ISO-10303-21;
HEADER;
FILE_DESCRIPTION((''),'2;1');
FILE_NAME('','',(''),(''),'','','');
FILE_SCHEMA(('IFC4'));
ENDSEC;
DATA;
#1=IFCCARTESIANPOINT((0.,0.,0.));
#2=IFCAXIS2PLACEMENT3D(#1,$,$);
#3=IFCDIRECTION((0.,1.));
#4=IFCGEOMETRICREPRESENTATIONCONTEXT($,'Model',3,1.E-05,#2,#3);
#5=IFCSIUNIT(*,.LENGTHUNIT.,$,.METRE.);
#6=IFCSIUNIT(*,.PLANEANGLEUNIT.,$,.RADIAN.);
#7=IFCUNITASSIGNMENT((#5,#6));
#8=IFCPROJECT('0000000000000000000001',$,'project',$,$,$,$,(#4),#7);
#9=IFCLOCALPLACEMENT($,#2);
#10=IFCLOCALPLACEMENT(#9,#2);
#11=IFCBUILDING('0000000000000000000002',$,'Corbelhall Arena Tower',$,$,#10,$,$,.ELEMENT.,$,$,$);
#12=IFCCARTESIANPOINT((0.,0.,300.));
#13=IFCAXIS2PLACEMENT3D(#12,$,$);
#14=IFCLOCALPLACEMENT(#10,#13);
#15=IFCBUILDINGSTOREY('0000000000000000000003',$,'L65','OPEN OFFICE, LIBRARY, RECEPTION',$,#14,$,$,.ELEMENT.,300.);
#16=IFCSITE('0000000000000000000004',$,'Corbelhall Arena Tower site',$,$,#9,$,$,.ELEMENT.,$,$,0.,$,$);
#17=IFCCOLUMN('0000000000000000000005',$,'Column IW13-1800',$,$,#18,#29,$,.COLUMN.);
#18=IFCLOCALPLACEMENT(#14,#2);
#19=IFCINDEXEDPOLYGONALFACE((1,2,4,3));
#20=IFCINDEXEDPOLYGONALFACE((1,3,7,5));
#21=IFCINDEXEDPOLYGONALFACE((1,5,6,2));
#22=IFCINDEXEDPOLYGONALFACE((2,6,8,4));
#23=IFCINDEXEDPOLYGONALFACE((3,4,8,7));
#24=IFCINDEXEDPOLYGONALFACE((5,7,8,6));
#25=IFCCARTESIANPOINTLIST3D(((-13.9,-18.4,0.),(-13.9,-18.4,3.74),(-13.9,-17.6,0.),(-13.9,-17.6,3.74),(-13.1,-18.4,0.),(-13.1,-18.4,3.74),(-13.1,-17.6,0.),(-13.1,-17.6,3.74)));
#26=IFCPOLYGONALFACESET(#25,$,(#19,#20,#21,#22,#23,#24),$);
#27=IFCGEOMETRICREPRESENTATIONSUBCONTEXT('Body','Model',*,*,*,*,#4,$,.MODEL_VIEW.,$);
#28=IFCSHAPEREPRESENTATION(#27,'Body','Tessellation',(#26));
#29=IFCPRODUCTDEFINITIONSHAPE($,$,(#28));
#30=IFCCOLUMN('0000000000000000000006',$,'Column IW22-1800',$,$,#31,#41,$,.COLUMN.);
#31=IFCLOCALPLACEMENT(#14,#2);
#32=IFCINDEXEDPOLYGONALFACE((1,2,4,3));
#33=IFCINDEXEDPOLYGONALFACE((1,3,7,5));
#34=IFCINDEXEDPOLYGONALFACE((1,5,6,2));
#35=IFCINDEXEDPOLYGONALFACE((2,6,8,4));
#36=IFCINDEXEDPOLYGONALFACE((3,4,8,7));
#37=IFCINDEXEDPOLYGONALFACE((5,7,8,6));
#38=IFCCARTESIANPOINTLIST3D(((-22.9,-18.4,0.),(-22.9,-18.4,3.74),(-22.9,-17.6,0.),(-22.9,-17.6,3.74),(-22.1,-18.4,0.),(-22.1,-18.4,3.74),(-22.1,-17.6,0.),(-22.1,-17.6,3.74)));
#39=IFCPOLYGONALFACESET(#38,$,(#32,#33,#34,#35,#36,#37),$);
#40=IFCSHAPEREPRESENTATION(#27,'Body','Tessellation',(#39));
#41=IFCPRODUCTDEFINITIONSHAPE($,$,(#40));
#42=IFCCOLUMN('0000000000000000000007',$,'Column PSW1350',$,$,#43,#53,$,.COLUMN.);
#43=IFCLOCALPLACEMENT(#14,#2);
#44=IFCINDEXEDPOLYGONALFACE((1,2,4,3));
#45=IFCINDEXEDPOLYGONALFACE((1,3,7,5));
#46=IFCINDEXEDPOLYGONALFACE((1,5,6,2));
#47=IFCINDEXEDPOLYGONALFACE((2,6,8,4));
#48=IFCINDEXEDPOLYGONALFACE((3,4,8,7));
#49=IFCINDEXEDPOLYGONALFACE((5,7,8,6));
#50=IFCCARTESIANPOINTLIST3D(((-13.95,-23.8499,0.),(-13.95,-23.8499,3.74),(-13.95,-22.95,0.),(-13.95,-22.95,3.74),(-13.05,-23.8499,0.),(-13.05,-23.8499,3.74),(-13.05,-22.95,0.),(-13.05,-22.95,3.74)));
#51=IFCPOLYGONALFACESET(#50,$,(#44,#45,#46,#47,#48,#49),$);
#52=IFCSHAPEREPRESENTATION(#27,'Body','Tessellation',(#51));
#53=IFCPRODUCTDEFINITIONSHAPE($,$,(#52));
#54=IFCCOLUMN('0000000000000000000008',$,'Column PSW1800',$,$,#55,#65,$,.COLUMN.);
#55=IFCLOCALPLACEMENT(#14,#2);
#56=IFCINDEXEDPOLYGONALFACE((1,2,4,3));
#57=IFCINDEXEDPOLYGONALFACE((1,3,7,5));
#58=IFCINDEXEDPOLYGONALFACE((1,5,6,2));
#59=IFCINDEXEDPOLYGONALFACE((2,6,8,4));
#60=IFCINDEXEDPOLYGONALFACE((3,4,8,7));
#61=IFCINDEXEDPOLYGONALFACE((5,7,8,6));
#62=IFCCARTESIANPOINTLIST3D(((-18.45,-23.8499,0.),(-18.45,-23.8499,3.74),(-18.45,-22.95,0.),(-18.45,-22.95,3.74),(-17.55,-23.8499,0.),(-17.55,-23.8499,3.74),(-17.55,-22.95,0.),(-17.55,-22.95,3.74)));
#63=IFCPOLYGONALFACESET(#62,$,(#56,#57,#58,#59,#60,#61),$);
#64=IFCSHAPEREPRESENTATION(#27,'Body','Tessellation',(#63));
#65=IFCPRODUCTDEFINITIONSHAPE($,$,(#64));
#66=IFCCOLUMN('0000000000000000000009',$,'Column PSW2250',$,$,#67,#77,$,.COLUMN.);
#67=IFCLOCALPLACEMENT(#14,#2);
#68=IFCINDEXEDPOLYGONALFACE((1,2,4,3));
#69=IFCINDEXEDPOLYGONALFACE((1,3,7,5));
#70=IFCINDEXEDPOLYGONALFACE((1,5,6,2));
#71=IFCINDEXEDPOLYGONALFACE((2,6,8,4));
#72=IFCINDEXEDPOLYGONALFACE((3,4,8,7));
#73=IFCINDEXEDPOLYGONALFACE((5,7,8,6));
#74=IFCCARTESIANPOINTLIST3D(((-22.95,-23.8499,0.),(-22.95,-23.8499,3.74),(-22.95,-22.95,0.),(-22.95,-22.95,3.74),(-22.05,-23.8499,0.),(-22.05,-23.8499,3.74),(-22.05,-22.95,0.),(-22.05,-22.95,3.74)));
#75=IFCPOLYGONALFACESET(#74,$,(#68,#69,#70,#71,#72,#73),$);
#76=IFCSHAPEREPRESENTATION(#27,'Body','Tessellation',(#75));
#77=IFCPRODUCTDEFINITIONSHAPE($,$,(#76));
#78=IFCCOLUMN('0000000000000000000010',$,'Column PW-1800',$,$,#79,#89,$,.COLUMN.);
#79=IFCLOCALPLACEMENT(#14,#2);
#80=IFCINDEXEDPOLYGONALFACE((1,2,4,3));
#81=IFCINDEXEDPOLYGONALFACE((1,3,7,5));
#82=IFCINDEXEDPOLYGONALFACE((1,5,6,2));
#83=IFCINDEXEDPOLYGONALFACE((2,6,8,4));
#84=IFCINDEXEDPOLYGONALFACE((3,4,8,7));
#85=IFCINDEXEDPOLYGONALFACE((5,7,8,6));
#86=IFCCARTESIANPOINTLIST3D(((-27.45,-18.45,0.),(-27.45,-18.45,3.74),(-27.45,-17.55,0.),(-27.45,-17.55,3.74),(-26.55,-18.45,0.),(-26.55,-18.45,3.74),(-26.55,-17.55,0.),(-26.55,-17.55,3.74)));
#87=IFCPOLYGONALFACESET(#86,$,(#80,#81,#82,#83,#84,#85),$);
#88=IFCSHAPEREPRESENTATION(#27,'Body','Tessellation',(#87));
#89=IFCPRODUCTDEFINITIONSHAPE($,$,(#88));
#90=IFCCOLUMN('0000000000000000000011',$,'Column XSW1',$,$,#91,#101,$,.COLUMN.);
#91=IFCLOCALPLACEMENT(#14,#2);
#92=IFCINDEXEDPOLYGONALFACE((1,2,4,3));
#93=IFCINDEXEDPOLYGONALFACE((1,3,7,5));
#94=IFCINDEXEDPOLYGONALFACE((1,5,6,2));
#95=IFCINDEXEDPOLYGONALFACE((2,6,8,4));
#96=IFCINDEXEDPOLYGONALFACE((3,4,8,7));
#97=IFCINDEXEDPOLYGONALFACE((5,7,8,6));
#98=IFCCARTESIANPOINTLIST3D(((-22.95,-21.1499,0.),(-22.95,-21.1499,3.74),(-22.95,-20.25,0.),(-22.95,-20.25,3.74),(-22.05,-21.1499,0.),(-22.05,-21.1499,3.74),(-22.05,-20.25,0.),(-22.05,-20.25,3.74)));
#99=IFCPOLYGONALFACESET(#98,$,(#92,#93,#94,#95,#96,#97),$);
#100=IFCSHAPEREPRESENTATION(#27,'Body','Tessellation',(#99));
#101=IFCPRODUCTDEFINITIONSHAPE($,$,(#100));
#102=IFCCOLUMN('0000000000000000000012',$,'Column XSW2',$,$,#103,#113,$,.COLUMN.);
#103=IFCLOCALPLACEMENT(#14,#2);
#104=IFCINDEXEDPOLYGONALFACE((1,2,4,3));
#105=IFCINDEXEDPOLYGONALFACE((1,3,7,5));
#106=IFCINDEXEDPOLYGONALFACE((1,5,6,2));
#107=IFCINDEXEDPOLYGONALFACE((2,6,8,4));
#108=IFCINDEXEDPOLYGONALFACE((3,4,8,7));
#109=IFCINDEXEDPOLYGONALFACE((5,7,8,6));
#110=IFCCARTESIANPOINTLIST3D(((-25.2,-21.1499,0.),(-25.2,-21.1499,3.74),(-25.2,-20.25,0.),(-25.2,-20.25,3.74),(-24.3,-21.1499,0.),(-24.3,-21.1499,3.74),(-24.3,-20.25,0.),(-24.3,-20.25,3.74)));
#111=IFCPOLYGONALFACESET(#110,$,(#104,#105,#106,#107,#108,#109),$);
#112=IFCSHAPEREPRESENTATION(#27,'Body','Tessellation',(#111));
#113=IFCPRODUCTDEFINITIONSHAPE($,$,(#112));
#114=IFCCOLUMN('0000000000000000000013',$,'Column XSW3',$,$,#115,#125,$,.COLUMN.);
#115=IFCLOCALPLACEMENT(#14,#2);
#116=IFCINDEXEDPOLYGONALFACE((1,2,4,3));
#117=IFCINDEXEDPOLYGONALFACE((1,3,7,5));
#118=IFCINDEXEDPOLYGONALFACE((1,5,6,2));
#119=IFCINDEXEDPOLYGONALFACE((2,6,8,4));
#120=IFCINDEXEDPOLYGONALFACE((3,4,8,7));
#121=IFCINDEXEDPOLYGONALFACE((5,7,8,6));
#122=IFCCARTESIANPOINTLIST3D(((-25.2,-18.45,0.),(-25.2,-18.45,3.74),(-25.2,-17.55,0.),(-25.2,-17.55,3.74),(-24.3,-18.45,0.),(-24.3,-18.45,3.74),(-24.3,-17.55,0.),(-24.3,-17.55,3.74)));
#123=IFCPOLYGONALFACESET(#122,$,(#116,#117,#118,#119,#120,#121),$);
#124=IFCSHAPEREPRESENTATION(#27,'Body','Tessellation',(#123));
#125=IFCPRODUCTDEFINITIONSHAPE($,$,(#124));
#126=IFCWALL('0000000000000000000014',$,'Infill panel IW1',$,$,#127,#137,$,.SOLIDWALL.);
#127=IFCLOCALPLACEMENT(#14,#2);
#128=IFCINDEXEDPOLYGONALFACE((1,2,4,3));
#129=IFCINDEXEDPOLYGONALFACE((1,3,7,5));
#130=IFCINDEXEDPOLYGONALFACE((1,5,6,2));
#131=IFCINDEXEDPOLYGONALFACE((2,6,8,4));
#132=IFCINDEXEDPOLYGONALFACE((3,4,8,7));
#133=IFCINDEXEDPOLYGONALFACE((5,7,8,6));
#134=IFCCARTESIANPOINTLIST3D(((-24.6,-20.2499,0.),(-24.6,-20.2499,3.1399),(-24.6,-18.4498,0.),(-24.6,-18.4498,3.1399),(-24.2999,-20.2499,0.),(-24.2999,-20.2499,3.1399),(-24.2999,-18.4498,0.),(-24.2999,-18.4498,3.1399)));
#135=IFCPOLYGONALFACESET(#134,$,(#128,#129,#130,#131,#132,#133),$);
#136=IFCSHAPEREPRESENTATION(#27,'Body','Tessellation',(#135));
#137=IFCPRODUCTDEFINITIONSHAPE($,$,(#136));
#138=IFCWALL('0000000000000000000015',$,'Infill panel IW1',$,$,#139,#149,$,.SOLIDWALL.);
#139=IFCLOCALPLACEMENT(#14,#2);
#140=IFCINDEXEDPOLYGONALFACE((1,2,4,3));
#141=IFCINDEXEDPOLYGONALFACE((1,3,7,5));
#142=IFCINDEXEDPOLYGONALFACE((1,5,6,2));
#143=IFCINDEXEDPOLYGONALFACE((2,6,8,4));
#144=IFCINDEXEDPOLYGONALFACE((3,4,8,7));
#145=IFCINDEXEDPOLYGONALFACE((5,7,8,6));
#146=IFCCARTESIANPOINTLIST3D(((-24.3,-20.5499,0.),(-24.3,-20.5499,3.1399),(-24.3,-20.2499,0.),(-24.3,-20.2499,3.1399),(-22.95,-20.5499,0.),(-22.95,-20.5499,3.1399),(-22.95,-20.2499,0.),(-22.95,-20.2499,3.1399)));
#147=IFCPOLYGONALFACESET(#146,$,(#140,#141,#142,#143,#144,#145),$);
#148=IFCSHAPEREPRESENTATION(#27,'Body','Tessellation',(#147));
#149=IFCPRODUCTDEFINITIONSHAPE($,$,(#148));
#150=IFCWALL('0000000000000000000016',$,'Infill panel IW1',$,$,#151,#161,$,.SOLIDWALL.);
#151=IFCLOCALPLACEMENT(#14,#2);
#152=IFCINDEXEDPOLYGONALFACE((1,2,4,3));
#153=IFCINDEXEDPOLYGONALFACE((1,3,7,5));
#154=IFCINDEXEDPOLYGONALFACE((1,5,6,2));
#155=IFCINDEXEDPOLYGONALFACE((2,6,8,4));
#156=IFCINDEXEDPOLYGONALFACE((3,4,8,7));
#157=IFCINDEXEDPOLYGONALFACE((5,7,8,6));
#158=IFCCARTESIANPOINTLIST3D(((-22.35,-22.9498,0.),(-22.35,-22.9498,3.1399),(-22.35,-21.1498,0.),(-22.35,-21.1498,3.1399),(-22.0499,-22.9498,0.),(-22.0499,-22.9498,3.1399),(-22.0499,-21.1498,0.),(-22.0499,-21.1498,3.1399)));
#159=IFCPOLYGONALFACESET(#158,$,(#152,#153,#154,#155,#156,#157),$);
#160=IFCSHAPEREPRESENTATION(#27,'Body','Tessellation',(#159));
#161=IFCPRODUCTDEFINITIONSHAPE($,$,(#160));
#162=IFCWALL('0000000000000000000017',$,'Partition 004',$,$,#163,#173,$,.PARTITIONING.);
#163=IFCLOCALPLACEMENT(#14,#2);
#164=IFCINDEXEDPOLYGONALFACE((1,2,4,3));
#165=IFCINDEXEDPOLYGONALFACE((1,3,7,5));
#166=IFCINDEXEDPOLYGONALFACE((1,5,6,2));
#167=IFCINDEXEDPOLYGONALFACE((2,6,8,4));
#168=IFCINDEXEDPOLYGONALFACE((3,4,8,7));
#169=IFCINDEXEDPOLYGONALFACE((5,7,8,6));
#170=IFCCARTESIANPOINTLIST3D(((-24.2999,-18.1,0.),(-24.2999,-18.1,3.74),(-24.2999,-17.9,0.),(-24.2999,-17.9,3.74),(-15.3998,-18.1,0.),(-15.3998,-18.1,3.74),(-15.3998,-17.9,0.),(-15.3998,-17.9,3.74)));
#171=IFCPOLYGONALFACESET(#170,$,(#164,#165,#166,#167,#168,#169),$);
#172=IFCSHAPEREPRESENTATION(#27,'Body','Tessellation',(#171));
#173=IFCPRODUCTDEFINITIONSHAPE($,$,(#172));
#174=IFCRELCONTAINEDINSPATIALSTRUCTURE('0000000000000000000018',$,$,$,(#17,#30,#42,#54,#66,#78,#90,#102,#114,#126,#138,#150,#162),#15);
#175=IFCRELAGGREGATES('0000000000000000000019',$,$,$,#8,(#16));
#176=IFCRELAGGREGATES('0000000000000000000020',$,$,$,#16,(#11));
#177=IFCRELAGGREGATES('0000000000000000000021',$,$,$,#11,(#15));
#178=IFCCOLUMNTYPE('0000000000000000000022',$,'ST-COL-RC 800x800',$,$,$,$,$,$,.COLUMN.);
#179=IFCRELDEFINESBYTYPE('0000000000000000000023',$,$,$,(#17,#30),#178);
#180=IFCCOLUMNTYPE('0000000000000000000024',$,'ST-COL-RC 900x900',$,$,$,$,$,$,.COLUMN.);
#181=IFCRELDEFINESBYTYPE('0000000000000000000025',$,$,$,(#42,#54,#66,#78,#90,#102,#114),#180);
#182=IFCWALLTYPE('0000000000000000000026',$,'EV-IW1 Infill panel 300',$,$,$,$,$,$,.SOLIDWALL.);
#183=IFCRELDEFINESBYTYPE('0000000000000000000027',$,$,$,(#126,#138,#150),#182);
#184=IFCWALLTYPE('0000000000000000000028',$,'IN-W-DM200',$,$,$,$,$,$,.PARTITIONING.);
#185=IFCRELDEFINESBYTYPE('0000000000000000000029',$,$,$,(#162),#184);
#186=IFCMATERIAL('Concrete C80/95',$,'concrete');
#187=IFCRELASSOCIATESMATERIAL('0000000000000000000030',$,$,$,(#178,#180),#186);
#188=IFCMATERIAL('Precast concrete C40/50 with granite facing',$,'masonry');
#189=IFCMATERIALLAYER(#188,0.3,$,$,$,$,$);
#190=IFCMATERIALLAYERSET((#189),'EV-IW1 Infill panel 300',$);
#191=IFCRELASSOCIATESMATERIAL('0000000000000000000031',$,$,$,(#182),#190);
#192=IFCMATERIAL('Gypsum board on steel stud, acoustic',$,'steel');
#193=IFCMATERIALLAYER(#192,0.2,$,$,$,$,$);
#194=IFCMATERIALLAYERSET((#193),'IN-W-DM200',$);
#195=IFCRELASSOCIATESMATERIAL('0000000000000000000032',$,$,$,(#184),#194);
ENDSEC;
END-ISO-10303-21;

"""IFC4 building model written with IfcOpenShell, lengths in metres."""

from ifc_helpers import new_model, si_unit, direction, frame, frame_2d, origin, origin_2d, place, context, subcontext, project, spatial, rectangle, extrude, material, layer, layer_set, material_profile, profile_set, type_object, element, save


model = new_model("IFC4")

# Units and contexts
model_context = context("Model", 3, precision=1e-05, world=origin(), true_north=direction((0.0, 1.0)))
body_context = subcontext(model_context, "Body", "Model", "MODEL_VIEW")
ifc_project = project(units=[si_unit("LENGTHUNIT", "METRE"), si_unit("PLANEANGLEUNIT", "RADIAN")], contexts=[model_context])

# Site, building, storey
site_placement = place(None, origin())
site = spatial("IfcSite", under=ifc_project, at=site_placement, Name="Corbelhall Arena Tower site", CompositionType="ELEMENT", RefElevation=0.0)
building_placement = place(site_placement, origin())
building = spatial("IfcBuilding", under=site, at=building_placement, Name="Corbelhall Arena Tower", CompositionType="ELEMENT")
storey_placement = place(building_placement, frame((0.0, 0.0, 300.0)))
storey = spatial("IfcBuildingStorey", under=building, at=storey_placement, Name="L65", Description="OPEN OFFICE, LIBRARY, RECEPTION", CompositionType="ELEMENT", Elevation=300.0)

# Columns
ifc_material_1 = material(Name="Concrete C80/95", Category="concrete")
ifc_material_profile_1 = material_profile(ifc_material_1, rectangle(XDim=0.8, YDim=0.8, at=origin_2d()))
ifc_profile_set_1 = profile_set([ifc_material_profile_1], Name="Concrete C80/95")
column_type_1 = type_object("IfcColumnType", Name="ST-COL-RC 800x800", PredefinedType="COLUMN", material=ifc_profile_set_1)
for number, where, z_axis, x_axis, name in (
    (1, (-13.5, -18.0, 0.0), (0.0, 0.0, 1.0), (1.0, 0.0, 0.0), "Column IW13-1800"),
    (2, (-22.5, -18.0, 0.0), (0.0, 0.0, 1.0), (1.0, 0.0, 0.0), "Column IW22-1800"),
):
    element("IfcColumn", number, at=place(storey_placement, frame(where, z_axis=z_axis, x_axis=x_axis)), inside=storey, type_object=column_type_1, Name=name, PredefinedType="COLUMN", context=body_context, shape_type="SweptSolid", body=[
        extrude(rectangle(XDim=0.8, YDim=0.8, at=origin_2d()), origin(), (0.0, 0.0, 1.0), 3.74),
    ])
ifc_material_profile_2 = material_profile(ifc_material_1, rectangle(XDim=0.8999, YDim=0.8999, at=origin_2d()))
ifc_profile_set_2 = profile_set([ifc_material_profile_2], Name="Concrete C80/95")
column_type_2 = type_object("IfcColumnType", Name="ST-COL-RC 900x900", PredefinedType="COLUMN", material=ifc_profile_set_2)
for number, where, z_axis, x_axis, name in (
    (3, (-13.5, -23.3999, 0.0), (0.0, 0.0, 1.0), (1.0, 0.0, 0.0), "Column PSW1350"),
    (4, (-18.0, -23.3999, 0.0), (0.0, 0.0, 1.0), (1.0, 0.0, 0.0), "Column PSW1800"),
    (5, (-22.5, -23.3999, 0.0), (0.0, 0.0, 1.0), (1.0, 0.0, 0.0), "Column PSW2250"),
    (6, (-27.0, -18.0, 0.0), (0.0, 0.0, 1.0), (0.0, 1.0, 0.0), "Column PW-1800"),
    (7, (-22.5, -20.7, 0.0), (0.0, 0.0, 1.0), (1.0, 0.0, 0.0), "Column XSW1"),
    (8, (-24.75, -20.7, 0.0), (0.0, 0.0, 1.0), (1.0, 0.0, 0.0), "Column XSW2"),
    (9, (-24.75, -18.0, 0.0), (0.0, 0.0, 1.0), (1.0, 0.0, 0.0), "Column XSW3"),
):
    element("IfcColumn", number, at=place(storey_placement, frame(where, z_axis=z_axis, x_axis=x_axis)), inside=storey, type_object=column_type_2, Name=name, PredefinedType="COLUMN", context=body_context, shape_type="SweptSolid", body=[
        extrude(rectangle(XDim=0.8999, YDim=0.8999, at=origin_2d()), origin(), (0.0, 0.0, 1.0), 3.74),
    ])

# Walls
ifc_material_2 = material(Name="Precast concrete C40/50 with granite facing", Category="masonry")
ifc_layer_1 = layer(ifc_material_2, 0.3)
ifc_layer_set_1 = layer_set([ifc_layer_1], Name="EV-IW1 Infill panel 300")
wall_type_1 = type_object("IfcWallType", Name="EV-IW1 Infill panel 300", PredefinedType="SOLIDWALL", material=ifc_layer_set_1)
wall_1_placement = place(storey_placement, frame((-24.45, -18.45, 0.0), z_axis=(0.0, 0.0, 1.0), x_axis=(0.0, -1.0, 0.0)))
element("IfcWall", 10, at=wall_1_placement, inside=storey, type_object=wall_type_1, Name="Infill panel IW1", PredefinedType="SOLIDWALL", context=body_context, shape_type="SweptSolid", body=[
    extrude(rectangle(XDim=1.8, YDim=0.3, at=frame_2d((0.8999, 0.0))), origin(), (0.0, 0.0, 1.0), 3.1399),
])
wall_2_placement = place(storey_placement, frame((-24.3, -20.3999, 0.0), z_axis=(0.0, 0.0, 1.0), x_axis=(1.0, 0.0, 0.0)))
element("IfcWall", 11, at=wall_2_placement, inside=storey, type_object=wall_type_1, Name="Infill panel IW1", PredefinedType="SOLIDWALL", context=body_context, shape_type="SweptSolid", body=[
    extrude(rectangle(XDim=1.3501, YDim=0.3, at=frame_2d((0.675, 0.0))), origin(), (0.0, 0.0, 1.0), 3.1399),
])
wall_3_placement = place(storey_placement, frame((-22.2, -21.1499, 0.0), z_axis=(0.0, 0.0, 1.0), x_axis=(0.0, -1.0, 0.0)))
element("IfcWall", 12, at=wall_3_placement, inside=storey, type_object=wall_type_1, Name="Infill panel IW1", PredefinedType="SOLIDWALL", context=body_context, shape_type="SweptSolid", body=[
    extrude(rectangle(XDim=1.8, YDim=0.3, at=frame_2d((0.8999, 0.0))), origin(), (0.0, 0.0, 1.0), 3.1399),
])

# Wall
ifc_material_3 = material(Name="Gypsum board on steel stud, acoustic", Category="steel")
ifc_layer_2 = layer(ifc_material_3, 0.2)
ifc_layer_set_2 = layer_set([ifc_layer_2], Name="IN-W-DM200")
wall_type_2 = type_object("IfcWallType", Name="IN-W-DM200", PredefinedType="PARTITIONING", material=ifc_layer_set_2)
wall_4_placement = place(storey_placement, frame((-24.3, -18.0, 0.0), z_axis=(0.0, 0.0, 1.0), x_axis=(1.0, 0.0, 0.0)))
element("IfcWall", 13, at=wall_4_placement, inside=storey, type_object=wall_type_2, Name="Partition 004", PredefinedType="PARTITIONING", context=body_context, shape_type="SweptSolid", body=[
    extrude(rectangle(XDim=8.9001, YDim=0.2, at=frame_2d((4.4502, 0.0))), origin(), (0.0, 0.0, 1.0), 3.74),
])

save(model, "model.ifc")
